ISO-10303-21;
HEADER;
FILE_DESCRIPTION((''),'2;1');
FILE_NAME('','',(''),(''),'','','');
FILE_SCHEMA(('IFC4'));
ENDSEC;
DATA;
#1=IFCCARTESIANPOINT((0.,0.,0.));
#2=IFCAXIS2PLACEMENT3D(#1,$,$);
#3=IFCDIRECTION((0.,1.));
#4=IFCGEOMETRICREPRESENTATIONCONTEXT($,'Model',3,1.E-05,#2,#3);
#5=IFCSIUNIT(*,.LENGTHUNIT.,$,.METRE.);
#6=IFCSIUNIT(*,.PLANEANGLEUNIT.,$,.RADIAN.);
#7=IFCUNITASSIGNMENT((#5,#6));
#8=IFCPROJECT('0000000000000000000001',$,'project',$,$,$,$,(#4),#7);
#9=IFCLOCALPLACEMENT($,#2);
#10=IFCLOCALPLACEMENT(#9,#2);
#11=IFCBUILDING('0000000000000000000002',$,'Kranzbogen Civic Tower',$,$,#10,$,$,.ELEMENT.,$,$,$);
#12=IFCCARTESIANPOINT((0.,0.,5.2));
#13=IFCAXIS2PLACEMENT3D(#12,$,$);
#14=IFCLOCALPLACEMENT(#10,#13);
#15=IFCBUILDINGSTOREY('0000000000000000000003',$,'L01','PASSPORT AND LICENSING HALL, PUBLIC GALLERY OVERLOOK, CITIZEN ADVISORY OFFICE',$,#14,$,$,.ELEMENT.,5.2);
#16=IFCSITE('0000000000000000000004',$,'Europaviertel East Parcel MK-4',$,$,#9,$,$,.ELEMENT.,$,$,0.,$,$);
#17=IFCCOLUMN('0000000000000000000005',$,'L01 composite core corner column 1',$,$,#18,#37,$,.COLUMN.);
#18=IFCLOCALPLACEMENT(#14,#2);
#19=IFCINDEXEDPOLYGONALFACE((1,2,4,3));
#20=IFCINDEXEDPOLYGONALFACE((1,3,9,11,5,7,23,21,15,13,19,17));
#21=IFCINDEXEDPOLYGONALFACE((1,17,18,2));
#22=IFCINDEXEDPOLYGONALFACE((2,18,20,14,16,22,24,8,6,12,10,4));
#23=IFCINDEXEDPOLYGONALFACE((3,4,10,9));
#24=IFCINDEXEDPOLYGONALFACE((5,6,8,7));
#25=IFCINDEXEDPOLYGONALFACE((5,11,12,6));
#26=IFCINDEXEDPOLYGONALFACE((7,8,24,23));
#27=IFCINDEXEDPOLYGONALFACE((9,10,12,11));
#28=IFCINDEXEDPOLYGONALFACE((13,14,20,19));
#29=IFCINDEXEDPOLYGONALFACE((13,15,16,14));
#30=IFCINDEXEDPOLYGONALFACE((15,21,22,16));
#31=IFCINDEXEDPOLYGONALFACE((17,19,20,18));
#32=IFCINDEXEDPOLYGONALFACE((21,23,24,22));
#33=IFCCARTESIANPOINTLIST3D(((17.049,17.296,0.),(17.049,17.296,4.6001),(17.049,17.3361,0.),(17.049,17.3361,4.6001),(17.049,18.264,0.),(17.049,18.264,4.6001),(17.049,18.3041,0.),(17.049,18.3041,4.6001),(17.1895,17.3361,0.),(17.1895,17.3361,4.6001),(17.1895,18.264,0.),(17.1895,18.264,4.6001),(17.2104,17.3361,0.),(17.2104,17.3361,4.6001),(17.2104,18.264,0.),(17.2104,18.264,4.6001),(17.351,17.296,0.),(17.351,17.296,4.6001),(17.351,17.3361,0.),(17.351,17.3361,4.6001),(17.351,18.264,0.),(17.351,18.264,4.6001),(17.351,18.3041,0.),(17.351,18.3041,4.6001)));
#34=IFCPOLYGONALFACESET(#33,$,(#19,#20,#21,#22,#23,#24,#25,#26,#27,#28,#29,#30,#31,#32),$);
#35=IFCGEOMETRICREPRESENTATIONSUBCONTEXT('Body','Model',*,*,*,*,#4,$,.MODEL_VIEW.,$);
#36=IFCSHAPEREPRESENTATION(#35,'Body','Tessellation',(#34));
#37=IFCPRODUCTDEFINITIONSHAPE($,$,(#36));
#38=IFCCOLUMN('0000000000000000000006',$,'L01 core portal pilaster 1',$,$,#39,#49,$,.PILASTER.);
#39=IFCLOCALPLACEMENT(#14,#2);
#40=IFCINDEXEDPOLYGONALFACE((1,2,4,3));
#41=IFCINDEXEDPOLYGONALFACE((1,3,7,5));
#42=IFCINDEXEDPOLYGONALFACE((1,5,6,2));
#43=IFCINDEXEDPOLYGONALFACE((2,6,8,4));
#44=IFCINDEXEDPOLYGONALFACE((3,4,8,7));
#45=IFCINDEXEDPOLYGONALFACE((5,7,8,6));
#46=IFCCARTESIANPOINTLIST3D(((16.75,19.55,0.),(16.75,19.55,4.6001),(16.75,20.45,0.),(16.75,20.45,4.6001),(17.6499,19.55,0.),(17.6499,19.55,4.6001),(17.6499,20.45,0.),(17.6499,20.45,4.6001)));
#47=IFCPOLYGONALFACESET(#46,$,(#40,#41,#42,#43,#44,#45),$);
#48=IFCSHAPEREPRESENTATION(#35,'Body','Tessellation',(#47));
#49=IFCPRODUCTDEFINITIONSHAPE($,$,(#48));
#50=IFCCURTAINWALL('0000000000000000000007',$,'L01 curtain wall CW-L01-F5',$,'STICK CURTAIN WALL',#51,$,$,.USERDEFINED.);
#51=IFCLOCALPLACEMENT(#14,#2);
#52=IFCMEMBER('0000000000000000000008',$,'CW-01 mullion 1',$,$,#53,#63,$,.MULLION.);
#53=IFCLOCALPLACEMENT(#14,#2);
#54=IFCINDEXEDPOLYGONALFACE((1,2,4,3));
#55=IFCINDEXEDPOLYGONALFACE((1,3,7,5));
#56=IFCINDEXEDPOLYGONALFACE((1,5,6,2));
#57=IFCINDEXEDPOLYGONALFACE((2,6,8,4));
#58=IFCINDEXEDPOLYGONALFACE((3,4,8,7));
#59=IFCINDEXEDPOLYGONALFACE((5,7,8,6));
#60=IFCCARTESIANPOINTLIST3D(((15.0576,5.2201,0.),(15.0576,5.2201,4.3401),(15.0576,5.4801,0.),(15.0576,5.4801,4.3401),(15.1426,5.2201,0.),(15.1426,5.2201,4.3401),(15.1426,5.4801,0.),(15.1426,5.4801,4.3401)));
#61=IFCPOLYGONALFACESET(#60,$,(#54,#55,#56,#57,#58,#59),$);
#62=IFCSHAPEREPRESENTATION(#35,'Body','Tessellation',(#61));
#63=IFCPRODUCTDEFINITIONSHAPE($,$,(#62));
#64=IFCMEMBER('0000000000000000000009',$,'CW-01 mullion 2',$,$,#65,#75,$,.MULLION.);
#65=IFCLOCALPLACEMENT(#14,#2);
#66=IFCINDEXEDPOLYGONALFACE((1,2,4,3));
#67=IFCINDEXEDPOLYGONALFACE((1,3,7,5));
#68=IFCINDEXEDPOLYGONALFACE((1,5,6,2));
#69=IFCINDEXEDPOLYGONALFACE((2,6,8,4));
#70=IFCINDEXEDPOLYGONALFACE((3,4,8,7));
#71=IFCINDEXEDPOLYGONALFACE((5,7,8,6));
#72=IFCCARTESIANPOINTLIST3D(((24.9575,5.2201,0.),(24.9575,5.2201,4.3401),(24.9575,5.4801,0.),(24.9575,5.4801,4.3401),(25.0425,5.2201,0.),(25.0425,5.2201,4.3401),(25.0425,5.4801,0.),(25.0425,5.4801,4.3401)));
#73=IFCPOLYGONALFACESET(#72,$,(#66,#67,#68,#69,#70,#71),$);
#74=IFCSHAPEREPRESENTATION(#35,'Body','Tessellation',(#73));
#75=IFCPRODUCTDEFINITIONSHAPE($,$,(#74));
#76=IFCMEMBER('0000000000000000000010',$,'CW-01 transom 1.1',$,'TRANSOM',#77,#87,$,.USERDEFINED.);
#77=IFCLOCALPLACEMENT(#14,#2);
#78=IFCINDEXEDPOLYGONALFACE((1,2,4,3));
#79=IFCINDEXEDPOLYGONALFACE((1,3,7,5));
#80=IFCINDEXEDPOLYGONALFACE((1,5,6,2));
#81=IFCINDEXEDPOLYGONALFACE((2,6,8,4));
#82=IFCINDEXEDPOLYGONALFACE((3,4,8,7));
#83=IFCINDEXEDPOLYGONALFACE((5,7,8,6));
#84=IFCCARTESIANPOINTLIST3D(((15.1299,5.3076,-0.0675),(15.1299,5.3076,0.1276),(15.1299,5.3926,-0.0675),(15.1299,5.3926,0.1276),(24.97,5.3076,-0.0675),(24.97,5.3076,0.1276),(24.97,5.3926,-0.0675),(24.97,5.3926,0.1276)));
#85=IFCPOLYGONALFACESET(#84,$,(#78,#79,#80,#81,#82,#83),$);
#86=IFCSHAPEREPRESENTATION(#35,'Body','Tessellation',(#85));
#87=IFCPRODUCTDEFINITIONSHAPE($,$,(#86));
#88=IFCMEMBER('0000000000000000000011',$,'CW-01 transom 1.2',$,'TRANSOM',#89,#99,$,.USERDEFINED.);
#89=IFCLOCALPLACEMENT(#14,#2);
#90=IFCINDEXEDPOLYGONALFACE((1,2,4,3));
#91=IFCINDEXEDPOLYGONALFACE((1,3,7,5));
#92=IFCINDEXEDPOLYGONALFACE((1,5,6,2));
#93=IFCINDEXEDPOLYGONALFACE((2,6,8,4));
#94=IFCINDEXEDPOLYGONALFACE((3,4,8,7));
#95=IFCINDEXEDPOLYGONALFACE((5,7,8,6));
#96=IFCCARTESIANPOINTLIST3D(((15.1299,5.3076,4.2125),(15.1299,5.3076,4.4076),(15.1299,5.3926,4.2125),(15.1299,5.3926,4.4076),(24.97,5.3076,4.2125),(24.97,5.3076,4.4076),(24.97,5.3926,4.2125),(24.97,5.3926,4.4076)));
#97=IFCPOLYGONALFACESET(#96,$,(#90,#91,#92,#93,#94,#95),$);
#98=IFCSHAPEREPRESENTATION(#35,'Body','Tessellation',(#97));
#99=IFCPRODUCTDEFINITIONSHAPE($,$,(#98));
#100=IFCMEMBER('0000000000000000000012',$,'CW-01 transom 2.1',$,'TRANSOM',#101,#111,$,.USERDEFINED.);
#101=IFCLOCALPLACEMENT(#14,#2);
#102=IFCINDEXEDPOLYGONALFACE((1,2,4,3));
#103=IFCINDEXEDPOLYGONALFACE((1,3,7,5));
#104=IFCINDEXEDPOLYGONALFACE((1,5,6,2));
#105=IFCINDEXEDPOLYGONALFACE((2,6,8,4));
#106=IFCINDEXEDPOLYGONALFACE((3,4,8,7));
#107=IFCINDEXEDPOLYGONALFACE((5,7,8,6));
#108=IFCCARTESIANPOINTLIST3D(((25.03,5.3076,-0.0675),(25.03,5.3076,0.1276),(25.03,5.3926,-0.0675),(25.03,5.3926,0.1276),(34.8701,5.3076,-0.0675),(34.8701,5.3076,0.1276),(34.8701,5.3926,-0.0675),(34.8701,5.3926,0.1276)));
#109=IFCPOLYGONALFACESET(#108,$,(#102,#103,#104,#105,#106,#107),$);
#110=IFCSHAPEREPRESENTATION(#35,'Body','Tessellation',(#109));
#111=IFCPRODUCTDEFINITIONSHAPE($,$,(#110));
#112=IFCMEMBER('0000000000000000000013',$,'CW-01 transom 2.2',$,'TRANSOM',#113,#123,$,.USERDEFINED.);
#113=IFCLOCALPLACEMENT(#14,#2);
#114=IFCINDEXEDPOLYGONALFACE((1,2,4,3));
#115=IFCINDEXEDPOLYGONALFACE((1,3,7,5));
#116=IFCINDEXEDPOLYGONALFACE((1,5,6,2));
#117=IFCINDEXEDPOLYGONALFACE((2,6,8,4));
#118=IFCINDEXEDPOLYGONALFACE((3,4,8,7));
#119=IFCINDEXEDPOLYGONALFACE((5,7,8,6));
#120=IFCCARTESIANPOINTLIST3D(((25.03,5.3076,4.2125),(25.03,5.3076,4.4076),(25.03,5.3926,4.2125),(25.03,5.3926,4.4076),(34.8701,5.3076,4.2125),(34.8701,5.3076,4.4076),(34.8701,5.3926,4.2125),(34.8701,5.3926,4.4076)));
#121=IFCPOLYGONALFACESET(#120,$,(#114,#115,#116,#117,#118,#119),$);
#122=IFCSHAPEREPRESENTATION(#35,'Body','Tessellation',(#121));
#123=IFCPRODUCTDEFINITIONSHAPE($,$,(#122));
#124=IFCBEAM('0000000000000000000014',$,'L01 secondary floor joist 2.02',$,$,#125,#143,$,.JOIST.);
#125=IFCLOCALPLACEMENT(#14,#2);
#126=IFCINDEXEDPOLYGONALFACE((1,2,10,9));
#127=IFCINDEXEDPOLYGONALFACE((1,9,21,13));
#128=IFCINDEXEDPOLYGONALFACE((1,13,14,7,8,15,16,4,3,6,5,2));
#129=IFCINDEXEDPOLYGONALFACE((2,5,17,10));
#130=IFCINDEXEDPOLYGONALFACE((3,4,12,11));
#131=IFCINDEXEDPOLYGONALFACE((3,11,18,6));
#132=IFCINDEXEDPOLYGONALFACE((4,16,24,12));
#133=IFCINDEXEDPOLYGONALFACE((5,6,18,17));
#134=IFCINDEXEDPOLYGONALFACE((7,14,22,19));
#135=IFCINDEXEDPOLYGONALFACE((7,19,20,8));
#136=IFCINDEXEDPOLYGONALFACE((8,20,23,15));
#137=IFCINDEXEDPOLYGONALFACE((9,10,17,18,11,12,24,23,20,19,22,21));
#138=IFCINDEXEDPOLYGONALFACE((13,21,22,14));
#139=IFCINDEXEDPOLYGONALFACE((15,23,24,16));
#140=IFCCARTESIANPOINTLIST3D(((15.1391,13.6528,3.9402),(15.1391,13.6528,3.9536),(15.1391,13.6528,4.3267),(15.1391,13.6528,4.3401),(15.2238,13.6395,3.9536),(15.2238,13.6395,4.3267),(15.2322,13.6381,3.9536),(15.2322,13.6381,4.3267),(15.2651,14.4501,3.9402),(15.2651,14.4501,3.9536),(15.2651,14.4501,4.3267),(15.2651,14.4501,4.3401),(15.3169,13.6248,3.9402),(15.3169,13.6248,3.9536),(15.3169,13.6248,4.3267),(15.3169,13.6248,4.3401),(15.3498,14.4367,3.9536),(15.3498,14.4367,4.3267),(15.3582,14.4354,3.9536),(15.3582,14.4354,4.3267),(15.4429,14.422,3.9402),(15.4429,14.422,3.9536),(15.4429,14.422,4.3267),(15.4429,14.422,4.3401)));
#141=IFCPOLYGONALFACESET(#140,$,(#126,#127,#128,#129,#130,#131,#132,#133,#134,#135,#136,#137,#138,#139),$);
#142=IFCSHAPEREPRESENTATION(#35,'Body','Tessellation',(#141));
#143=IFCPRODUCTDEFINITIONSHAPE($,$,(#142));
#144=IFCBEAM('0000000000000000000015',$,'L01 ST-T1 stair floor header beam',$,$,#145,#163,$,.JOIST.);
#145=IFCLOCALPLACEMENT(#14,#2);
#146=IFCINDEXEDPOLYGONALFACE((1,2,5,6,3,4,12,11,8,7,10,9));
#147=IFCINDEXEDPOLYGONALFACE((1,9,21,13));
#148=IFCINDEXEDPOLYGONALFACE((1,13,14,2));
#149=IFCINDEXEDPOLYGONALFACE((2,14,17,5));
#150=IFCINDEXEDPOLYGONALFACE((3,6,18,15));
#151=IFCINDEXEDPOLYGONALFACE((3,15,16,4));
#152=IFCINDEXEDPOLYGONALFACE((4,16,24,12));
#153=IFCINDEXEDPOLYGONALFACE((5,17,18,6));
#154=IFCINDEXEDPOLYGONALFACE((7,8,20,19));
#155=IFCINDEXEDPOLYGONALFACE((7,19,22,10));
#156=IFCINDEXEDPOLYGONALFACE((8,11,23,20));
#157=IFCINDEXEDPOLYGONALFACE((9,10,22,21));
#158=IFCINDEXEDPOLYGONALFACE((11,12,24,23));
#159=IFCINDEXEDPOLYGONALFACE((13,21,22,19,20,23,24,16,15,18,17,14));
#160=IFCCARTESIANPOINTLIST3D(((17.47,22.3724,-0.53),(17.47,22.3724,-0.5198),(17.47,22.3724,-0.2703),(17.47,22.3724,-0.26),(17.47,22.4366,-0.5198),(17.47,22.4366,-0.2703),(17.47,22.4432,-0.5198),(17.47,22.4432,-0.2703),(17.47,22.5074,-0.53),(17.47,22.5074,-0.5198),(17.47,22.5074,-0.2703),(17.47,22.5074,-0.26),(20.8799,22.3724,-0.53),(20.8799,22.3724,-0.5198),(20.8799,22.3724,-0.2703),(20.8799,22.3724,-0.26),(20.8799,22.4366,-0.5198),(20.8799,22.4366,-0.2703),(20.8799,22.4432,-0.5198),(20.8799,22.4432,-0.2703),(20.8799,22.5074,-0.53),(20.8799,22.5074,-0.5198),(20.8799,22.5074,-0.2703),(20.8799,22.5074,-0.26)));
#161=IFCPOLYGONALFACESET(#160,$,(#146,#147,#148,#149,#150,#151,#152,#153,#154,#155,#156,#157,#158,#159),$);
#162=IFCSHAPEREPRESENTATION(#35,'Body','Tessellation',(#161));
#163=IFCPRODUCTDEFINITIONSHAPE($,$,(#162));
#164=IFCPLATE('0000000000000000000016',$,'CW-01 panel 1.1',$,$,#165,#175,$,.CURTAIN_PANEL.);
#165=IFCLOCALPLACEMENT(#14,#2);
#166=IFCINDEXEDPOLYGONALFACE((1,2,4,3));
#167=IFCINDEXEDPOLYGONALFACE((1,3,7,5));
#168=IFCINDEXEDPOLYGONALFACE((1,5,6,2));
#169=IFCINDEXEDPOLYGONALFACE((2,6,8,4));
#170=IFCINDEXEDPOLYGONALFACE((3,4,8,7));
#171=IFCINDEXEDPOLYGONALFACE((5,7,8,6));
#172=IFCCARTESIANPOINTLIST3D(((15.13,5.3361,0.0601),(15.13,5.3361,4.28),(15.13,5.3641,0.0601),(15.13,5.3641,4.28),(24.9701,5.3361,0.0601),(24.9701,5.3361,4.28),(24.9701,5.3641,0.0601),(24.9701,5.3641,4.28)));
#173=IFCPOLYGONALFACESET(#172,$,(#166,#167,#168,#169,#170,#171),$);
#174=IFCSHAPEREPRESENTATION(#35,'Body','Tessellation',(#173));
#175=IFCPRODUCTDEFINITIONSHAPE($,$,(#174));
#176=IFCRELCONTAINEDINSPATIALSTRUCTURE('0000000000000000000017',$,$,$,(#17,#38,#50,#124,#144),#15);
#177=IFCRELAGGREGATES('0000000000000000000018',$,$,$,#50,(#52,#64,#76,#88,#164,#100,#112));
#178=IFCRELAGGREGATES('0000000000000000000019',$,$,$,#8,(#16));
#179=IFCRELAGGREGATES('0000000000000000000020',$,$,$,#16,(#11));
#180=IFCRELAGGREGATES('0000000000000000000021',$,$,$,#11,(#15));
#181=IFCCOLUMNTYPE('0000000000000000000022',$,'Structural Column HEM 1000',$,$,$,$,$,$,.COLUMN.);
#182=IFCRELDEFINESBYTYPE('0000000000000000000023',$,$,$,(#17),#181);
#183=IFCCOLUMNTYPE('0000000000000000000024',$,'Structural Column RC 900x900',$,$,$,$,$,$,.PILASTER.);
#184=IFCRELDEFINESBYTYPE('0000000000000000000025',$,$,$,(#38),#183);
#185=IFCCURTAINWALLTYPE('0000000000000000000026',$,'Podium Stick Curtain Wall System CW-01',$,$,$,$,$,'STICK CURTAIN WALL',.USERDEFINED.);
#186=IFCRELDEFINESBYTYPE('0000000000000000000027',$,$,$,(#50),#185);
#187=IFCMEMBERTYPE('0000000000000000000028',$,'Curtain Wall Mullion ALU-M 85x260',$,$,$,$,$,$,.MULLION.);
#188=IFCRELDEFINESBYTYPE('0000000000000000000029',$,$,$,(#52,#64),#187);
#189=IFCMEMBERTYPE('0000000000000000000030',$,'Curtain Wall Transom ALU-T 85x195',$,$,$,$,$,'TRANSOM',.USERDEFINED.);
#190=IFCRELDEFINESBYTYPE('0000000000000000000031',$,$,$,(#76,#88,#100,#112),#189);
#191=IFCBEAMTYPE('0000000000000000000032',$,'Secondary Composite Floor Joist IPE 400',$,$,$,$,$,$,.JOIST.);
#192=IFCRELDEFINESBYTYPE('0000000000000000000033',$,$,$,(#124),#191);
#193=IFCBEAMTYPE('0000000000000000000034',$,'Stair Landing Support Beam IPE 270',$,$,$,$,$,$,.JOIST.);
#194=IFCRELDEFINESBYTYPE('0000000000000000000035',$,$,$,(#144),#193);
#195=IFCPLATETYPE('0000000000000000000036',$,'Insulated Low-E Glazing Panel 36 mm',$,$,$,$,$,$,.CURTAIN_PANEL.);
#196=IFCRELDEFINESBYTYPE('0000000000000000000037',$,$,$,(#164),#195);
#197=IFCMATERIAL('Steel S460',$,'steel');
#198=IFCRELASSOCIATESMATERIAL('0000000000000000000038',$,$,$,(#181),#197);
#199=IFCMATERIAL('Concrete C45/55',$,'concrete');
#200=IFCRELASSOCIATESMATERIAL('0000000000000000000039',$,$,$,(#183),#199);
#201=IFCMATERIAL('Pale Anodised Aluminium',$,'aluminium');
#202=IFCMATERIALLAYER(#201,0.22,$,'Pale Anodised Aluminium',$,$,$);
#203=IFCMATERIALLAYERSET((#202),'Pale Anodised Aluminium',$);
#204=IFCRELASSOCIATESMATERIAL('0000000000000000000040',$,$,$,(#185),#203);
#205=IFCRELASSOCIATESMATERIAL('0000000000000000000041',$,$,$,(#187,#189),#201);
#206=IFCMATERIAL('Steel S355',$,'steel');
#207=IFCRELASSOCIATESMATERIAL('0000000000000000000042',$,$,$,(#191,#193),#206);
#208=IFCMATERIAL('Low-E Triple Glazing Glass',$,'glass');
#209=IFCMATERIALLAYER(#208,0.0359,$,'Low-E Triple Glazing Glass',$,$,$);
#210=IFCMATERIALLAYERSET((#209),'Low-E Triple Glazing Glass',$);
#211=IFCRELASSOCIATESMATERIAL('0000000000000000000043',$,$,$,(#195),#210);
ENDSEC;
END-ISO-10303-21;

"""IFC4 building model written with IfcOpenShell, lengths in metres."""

from ifc_helpers import new_model, si_unit, direction, frame, origin, origin_2d, place, context, subcontext, project, spatial, rectangle, i_section, extrude, material, layer, layer_set, material_profile, profile_set, type_object, element, aggregate, save


model = new_model("IFC4")

# Units and contexts
model_context = context("Model", 3, precision=1e-05, world=origin(), true_north=direction((0.0, 1.0)))
body_context = subcontext(model_context, "Body", "Model", "MODEL_VIEW")
ifc_project = project(units=[si_unit("LENGTHUNIT", "METRE"), si_unit("PLANEANGLEUNIT", "RADIAN")], contexts=[model_context])

# Site, building, storey
site_placement = place(None, origin())
site = spatial("IfcSite", under=ifc_project, at=site_placement, Name="Europaviertel East Parcel MK-4", CompositionType="ELEMENT", RefElevation=0.0)
building_placement = place(site_placement, origin())
building = spatial("IfcBuilding", under=site, at=building_placement, Name="Kranzbogen Civic Tower", CompositionType="ELEMENT")
storey_placement = place(building_placement, frame((0.0, 0.0, 5.2)))
storey = spatial("IfcBuildingStorey", under=building, at=storey_placement, Name="L01", Description="PASSPORT AND LICENSING HALL, PUBLIC GALLERY OVERLOOK, CITIZEN ADVISORY OFFICE", CompositionType="ELEMENT", Elevation=5.2)

# Columns
ifc_material_1 = material(Name="Steel S460", Category="steel")
ifc_material_profile_1 = material_profile(ifc_material_1, i_section(OverallWidth=0.302, OverallDepth=1.0081, WebThickness=0.021, FlangeThickness=0.04, at=origin_2d()), Name="HEM 1000")
ifc_profile_set_1 = profile_set([ifc_material_profile_1], Name="Steel S460")
column_type_1 = type_object("IfcColumnType", Name="Structural Column HEM 1000", PredefinedType="COLUMN", material=ifc_profile_set_1)
column_1_placement = place(storey_placement, frame((17.2, 17.8, 0.0), z_axis=(0.0, 0.0, 1.0), x_axis=(1.0, 0.0, 0.0)))
element("IfcColumn", 1, at=column_1_placement, inside=storey, type_object=column_type_1, Name="L01 composite core corner column 1", PredefinedType="COLUMN", context=body_context, shape_type="SweptSolid", body=[
    extrude(i_section(OverallWidth=0.302, OverallDepth=1.0081, WebThickness=0.021, FlangeThickness=0.04, at=origin_2d()), origin(), (0.0, 0.0, 1.0), 4.6001),
])
ifc_material_2 = material(Name="Concrete C45/55", Category="concrete")
ifc_material_profile_2 = material_profile(ifc_material_2, rectangle(XDim=0.8999, YDim=0.8999, at=origin_2d()), Name="RC 900x900")
ifc_profile_set_2 = profile_set([ifc_material_profile_2], Name="Concrete C45/55")
column_type_2 = type_object("IfcColumnType", Name="Structural Column RC 900x900", PredefinedType="PILASTER", material=ifc_profile_set_2)
column_2_placement = place(storey_placement, frame((17.2, 20.0, 0.0), z_axis=(0.0, 0.0, 1.0), x_axis=(1.0, 0.0, 0.0)))
element("IfcColumn", 2, at=column_2_placement, inside=storey, type_object=column_type_2, Name="L01 core portal pilaster 1", PredefinedType="PILASTER", context=body_context, shape_type="SweptSolid", body=[
    extrude(rectangle(XDim=0.8999, YDim=0.8999, at=origin_2d()), origin(), (0.0, 0.0, 1.0), 4.6001),
])

# Curtain wall, members
ifc_material_3 = material(Name="Pale Anodised Aluminium", Category="aluminium")
ifc_layer_1 = layer(ifc_material_3, 0.22, Name="Pale Anodised Aluminium")
ifc_layer_set_1 = layer_set([ifc_layer_1], Name="Pale Anodised Aluminium")
curtain_wall_type = type_object("IfcCurtainWallType", Name="Podium Stick Curtain Wall System CW-01", ElementType="STICK CURTAIN WALL", PredefinedType="USERDEFINED", material=ifc_layer_set_1)
curtain_wall_placement = place(storey_placement, origin())
curtain_wall = element("IfcCurtainWall", 3, at=curtain_wall_placement, inside=storey, type_object=curtain_wall_type, Name="L01 curtain wall CW-L01-F5", ObjectType="STICK CURTAIN WALL", PredefinedType="USERDEFINED")
ifc_material_profile_3 = material_profile(ifc_material_3, rectangle(XDim=0.085, YDim=0.26, at=origin_2d()), Name="ALU-M 85x260")
ifc_profile_set_3 = profile_set([ifc_material_profile_3], Name="Pale Anodised Aluminium")
member_type_1 = type_object("IfcMemberType", Name="Curtain Wall Mullion ALU-M 85x260", PredefinedType="MULLION", material=ifc_profile_set_3)
member_1_placement = place(storey_placement, frame((15.1001, 5.3501, 0.0), z_axis=(0.0, 0.0, 1.0), x_axis=(1.0, 0.0, 0.0)))
member_1 = element("IfcMember", 4, at=member_1_placement, type_object=member_type_1, Name="CW-01 mullion 1", PredefinedType="MULLION", context=body_context, shape_type="SweptSolid", body=[
    extrude(rectangle(XDim=0.085, YDim=0.26, at=origin_2d()), origin(), (0.0, 0.0, 1.0), 4.3401),
])
member_2_placement = place(storey_placement, frame((25.0, 5.3501, 0.0), z_axis=(0.0, 0.0, 1.0), x_axis=(1.0, 0.0, 0.0)))
member_2 = element("IfcMember", 5, at=member_2_placement, type_object=member_type_1, Name="CW-01 mullion 2", PredefinedType="MULLION", context=body_context, shape_type="SweptSolid", body=[
    extrude(rectangle(XDim=0.085, YDim=0.26, at=origin_2d()), origin(), (0.0, 0.0, 1.0), 4.3401),
])
ifc_material_profile_4 = material_profile(ifc_material_3, rectangle(XDim=0.085, YDim=0.1951, at=origin_2d()), Name="ALU-T 85x195")
ifc_profile_set_4 = profile_set([ifc_material_profile_4], Name="Pale Anodised Aluminium")
member_type_2 = type_object("IfcMemberType", Name="Curtain Wall Transom ALU-T 85x195", ElementType="TRANSOM", PredefinedType="USERDEFINED", material=ifc_profile_set_4)
member_3_placement = place(storey_placement, frame((15.1299, 5.3501, 0.03), z_axis=(1.0, 0.0, 0.0), x_axis=(0.0, 1.0, 0.0)))
member_3 = element("IfcMember", 6, at=member_3_placement, type_object=member_type_2, Name="CW-01 transom 1.1", ObjectType="TRANSOM", PredefinedType="USERDEFINED", context=body_context, shape_type="SweptSolid", body=[
    extrude(rectangle(XDim=0.085, YDim=0.1951, at=origin_2d()), origin(), (0.0, 0.0, 1.0), 9.8401),
])
member_4_placement = place(storey_placement, frame((15.1299, 5.3501, 4.3101), z_axis=(1.0, 0.0, 0.0), x_axis=(0.0, 1.0, 0.0)))
member_4 = element("IfcMember", 7, at=member_4_placement, type_object=member_type_2, Name="CW-01 transom 1.2", ObjectType="TRANSOM", PredefinedType="USERDEFINED", context=body_context, shape_type="SweptSolid", body=[
    extrude(rectangle(XDim=0.085, YDim=0.1951, at=origin_2d()), origin(), (0.0, 0.0, 1.0), 9.8401),
])
member_5_placement = place(storey_placement, frame((25.03, 5.3501, 0.03), z_axis=(1.0, 0.0, 0.0), x_axis=(0.0, 1.0, 0.0)))
member_5 = element("IfcMember", 8, at=member_5_placement, type_object=member_type_2, Name="CW-01 transom 2.1", ObjectType="TRANSOM", PredefinedType="USERDEFINED", context=body_context, shape_type="SweptSolid", body=[
    extrude(rectangle(XDim=0.085, YDim=0.1951, at=origin_2d()), origin(), (0.0, 0.0, 1.0), 9.8401),
])
member_6_placement = place(storey_placement, frame((25.03, 5.3501, 4.3101), z_axis=(1.0, 0.0, 0.0), x_axis=(0.0, 1.0, 0.0)))
member_6 = element("IfcMember", 9, at=member_6_placement, type_object=member_type_2, Name="CW-01 transom 2.2", ObjectType="TRANSOM", PredefinedType="USERDEFINED", context=body_context, shape_type="SweptSolid", body=[
    extrude(rectangle(XDim=0.085, YDim=0.1951, at=origin_2d()), origin(), (0.0, 0.0, 1.0), 9.8401),
])

# Beams
ifc_material_4 = material(Name="Steel S355", Category="steel")
ifc_material_profile_5 = material_profile(ifc_material_4, i_section(OverallWidth=0.1799, OverallDepth=0.3999, WebThickness=0.0085, FlangeThickness=0.0134, at=origin_2d()), Name="IPE 400")
ifc_profile_set_5 = profile_set([ifc_material_profile_5], Name="Steel S355")
beam_type_1 = type_object("IfcBeamType", Name="Secondary Composite Floor Joist IPE 400", PredefinedType="JOIST", material=ifc_profile_set_5)
beam_1_placement = place(storey_placement, frame((15.354, 14.436, 4.1401), z_axis=(-0.156102, -0.987741, 0.0), x_axis=(0.987741, -0.156102, 0.0)))
element("IfcBeam", 10, at=beam_1_placement, inside=storey, type_object=beam_type_1, Name="L01 secondary floor joist 2.02", PredefinedType="JOIST", context=body_context, shape_type="SweptSolid", body=[
    extrude(i_section(OverallWidth=0.1799, OverallDepth=0.3999, WebThickness=0.0085, FlangeThickness=0.0134, at=origin_2d()), origin(), (0.0, 0.0, 1.0), 0.8071),
])
ifc_material_profile_6 = material_profile(ifc_material_4, i_section(OverallWidth=0.135, OverallDepth=0.27, WebThickness=0.0066, FlangeThickness=0.0103, at=origin_2d()), Name="IPE 270")
ifc_profile_set_6 = profile_set([ifc_material_profile_6], Name="Steel S355")
beam_type_2 = type_object("IfcBeamType", Name="Stair Landing Support Beam IPE 270", PredefinedType="JOIST", material=ifc_profile_set_6)
beam_2_placement = place(storey_placement, frame((20.8799, 22.4399, -0.395), z_axis=(-1.0, 0.0, 0.0), x_axis=(0.0, -1.0, 0.0)))
element("IfcBeam", 11, at=beam_2_placement, inside=storey, type_object=beam_type_2, Name="L01 ST-T1 stair floor header beam", PredefinedType="JOIST", context=body_context, shape_type="SweptSolid", body=[
    extrude(i_section(OverallWidth=0.135, OverallDepth=0.27, WebThickness=0.0066, FlangeThickness=0.0103, at=origin_2d()), origin(), (0.0, 0.0, 1.0), 3.4099),
])

# Plate
ifc_material_5 = material(Name="Low-E Triple Glazing Glass", Category="glass")
ifc_layer_2 = layer(ifc_material_5, 0.0359, Name="Low-E Triple Glazing Glass")
ifc_layer_set_2 = layer_set([ifc_layer_2], Name="Low-E Triple Glazing Glass")
plate_type = type_object("IfcPlateType", Name="Insulated Low-E Glazing Panel 36 mm", PredefinedType="CURTAIN_PANEL", material=ifc_layer_set_2)
plate_placement = place(storey_placement, frame((20.05, 5.3501, 0.0601), z_axis=(0.0, 0.0, 1.0), x_axis=(1.0, 0.0, 0.0)))
plate = element("IfcPlate", 12, at=plate_placement, type_object=plate_type, Name="CW-01 panel 1.1", PredefinedType="CURTAIN_PANEL", context=body_context, shape_type="SweptSolid", body=[
    extrude(rectangle(XDim=9.8401, YDim=0.0281, at=origin_2d()), origin(), (0.0, 0.0, 1.0), 4.22),
])
aggregate(curtain_wall, [member_1, member_2, member_3, member_4, plate, member_5, member_6])

save(model, "model.ifc")
